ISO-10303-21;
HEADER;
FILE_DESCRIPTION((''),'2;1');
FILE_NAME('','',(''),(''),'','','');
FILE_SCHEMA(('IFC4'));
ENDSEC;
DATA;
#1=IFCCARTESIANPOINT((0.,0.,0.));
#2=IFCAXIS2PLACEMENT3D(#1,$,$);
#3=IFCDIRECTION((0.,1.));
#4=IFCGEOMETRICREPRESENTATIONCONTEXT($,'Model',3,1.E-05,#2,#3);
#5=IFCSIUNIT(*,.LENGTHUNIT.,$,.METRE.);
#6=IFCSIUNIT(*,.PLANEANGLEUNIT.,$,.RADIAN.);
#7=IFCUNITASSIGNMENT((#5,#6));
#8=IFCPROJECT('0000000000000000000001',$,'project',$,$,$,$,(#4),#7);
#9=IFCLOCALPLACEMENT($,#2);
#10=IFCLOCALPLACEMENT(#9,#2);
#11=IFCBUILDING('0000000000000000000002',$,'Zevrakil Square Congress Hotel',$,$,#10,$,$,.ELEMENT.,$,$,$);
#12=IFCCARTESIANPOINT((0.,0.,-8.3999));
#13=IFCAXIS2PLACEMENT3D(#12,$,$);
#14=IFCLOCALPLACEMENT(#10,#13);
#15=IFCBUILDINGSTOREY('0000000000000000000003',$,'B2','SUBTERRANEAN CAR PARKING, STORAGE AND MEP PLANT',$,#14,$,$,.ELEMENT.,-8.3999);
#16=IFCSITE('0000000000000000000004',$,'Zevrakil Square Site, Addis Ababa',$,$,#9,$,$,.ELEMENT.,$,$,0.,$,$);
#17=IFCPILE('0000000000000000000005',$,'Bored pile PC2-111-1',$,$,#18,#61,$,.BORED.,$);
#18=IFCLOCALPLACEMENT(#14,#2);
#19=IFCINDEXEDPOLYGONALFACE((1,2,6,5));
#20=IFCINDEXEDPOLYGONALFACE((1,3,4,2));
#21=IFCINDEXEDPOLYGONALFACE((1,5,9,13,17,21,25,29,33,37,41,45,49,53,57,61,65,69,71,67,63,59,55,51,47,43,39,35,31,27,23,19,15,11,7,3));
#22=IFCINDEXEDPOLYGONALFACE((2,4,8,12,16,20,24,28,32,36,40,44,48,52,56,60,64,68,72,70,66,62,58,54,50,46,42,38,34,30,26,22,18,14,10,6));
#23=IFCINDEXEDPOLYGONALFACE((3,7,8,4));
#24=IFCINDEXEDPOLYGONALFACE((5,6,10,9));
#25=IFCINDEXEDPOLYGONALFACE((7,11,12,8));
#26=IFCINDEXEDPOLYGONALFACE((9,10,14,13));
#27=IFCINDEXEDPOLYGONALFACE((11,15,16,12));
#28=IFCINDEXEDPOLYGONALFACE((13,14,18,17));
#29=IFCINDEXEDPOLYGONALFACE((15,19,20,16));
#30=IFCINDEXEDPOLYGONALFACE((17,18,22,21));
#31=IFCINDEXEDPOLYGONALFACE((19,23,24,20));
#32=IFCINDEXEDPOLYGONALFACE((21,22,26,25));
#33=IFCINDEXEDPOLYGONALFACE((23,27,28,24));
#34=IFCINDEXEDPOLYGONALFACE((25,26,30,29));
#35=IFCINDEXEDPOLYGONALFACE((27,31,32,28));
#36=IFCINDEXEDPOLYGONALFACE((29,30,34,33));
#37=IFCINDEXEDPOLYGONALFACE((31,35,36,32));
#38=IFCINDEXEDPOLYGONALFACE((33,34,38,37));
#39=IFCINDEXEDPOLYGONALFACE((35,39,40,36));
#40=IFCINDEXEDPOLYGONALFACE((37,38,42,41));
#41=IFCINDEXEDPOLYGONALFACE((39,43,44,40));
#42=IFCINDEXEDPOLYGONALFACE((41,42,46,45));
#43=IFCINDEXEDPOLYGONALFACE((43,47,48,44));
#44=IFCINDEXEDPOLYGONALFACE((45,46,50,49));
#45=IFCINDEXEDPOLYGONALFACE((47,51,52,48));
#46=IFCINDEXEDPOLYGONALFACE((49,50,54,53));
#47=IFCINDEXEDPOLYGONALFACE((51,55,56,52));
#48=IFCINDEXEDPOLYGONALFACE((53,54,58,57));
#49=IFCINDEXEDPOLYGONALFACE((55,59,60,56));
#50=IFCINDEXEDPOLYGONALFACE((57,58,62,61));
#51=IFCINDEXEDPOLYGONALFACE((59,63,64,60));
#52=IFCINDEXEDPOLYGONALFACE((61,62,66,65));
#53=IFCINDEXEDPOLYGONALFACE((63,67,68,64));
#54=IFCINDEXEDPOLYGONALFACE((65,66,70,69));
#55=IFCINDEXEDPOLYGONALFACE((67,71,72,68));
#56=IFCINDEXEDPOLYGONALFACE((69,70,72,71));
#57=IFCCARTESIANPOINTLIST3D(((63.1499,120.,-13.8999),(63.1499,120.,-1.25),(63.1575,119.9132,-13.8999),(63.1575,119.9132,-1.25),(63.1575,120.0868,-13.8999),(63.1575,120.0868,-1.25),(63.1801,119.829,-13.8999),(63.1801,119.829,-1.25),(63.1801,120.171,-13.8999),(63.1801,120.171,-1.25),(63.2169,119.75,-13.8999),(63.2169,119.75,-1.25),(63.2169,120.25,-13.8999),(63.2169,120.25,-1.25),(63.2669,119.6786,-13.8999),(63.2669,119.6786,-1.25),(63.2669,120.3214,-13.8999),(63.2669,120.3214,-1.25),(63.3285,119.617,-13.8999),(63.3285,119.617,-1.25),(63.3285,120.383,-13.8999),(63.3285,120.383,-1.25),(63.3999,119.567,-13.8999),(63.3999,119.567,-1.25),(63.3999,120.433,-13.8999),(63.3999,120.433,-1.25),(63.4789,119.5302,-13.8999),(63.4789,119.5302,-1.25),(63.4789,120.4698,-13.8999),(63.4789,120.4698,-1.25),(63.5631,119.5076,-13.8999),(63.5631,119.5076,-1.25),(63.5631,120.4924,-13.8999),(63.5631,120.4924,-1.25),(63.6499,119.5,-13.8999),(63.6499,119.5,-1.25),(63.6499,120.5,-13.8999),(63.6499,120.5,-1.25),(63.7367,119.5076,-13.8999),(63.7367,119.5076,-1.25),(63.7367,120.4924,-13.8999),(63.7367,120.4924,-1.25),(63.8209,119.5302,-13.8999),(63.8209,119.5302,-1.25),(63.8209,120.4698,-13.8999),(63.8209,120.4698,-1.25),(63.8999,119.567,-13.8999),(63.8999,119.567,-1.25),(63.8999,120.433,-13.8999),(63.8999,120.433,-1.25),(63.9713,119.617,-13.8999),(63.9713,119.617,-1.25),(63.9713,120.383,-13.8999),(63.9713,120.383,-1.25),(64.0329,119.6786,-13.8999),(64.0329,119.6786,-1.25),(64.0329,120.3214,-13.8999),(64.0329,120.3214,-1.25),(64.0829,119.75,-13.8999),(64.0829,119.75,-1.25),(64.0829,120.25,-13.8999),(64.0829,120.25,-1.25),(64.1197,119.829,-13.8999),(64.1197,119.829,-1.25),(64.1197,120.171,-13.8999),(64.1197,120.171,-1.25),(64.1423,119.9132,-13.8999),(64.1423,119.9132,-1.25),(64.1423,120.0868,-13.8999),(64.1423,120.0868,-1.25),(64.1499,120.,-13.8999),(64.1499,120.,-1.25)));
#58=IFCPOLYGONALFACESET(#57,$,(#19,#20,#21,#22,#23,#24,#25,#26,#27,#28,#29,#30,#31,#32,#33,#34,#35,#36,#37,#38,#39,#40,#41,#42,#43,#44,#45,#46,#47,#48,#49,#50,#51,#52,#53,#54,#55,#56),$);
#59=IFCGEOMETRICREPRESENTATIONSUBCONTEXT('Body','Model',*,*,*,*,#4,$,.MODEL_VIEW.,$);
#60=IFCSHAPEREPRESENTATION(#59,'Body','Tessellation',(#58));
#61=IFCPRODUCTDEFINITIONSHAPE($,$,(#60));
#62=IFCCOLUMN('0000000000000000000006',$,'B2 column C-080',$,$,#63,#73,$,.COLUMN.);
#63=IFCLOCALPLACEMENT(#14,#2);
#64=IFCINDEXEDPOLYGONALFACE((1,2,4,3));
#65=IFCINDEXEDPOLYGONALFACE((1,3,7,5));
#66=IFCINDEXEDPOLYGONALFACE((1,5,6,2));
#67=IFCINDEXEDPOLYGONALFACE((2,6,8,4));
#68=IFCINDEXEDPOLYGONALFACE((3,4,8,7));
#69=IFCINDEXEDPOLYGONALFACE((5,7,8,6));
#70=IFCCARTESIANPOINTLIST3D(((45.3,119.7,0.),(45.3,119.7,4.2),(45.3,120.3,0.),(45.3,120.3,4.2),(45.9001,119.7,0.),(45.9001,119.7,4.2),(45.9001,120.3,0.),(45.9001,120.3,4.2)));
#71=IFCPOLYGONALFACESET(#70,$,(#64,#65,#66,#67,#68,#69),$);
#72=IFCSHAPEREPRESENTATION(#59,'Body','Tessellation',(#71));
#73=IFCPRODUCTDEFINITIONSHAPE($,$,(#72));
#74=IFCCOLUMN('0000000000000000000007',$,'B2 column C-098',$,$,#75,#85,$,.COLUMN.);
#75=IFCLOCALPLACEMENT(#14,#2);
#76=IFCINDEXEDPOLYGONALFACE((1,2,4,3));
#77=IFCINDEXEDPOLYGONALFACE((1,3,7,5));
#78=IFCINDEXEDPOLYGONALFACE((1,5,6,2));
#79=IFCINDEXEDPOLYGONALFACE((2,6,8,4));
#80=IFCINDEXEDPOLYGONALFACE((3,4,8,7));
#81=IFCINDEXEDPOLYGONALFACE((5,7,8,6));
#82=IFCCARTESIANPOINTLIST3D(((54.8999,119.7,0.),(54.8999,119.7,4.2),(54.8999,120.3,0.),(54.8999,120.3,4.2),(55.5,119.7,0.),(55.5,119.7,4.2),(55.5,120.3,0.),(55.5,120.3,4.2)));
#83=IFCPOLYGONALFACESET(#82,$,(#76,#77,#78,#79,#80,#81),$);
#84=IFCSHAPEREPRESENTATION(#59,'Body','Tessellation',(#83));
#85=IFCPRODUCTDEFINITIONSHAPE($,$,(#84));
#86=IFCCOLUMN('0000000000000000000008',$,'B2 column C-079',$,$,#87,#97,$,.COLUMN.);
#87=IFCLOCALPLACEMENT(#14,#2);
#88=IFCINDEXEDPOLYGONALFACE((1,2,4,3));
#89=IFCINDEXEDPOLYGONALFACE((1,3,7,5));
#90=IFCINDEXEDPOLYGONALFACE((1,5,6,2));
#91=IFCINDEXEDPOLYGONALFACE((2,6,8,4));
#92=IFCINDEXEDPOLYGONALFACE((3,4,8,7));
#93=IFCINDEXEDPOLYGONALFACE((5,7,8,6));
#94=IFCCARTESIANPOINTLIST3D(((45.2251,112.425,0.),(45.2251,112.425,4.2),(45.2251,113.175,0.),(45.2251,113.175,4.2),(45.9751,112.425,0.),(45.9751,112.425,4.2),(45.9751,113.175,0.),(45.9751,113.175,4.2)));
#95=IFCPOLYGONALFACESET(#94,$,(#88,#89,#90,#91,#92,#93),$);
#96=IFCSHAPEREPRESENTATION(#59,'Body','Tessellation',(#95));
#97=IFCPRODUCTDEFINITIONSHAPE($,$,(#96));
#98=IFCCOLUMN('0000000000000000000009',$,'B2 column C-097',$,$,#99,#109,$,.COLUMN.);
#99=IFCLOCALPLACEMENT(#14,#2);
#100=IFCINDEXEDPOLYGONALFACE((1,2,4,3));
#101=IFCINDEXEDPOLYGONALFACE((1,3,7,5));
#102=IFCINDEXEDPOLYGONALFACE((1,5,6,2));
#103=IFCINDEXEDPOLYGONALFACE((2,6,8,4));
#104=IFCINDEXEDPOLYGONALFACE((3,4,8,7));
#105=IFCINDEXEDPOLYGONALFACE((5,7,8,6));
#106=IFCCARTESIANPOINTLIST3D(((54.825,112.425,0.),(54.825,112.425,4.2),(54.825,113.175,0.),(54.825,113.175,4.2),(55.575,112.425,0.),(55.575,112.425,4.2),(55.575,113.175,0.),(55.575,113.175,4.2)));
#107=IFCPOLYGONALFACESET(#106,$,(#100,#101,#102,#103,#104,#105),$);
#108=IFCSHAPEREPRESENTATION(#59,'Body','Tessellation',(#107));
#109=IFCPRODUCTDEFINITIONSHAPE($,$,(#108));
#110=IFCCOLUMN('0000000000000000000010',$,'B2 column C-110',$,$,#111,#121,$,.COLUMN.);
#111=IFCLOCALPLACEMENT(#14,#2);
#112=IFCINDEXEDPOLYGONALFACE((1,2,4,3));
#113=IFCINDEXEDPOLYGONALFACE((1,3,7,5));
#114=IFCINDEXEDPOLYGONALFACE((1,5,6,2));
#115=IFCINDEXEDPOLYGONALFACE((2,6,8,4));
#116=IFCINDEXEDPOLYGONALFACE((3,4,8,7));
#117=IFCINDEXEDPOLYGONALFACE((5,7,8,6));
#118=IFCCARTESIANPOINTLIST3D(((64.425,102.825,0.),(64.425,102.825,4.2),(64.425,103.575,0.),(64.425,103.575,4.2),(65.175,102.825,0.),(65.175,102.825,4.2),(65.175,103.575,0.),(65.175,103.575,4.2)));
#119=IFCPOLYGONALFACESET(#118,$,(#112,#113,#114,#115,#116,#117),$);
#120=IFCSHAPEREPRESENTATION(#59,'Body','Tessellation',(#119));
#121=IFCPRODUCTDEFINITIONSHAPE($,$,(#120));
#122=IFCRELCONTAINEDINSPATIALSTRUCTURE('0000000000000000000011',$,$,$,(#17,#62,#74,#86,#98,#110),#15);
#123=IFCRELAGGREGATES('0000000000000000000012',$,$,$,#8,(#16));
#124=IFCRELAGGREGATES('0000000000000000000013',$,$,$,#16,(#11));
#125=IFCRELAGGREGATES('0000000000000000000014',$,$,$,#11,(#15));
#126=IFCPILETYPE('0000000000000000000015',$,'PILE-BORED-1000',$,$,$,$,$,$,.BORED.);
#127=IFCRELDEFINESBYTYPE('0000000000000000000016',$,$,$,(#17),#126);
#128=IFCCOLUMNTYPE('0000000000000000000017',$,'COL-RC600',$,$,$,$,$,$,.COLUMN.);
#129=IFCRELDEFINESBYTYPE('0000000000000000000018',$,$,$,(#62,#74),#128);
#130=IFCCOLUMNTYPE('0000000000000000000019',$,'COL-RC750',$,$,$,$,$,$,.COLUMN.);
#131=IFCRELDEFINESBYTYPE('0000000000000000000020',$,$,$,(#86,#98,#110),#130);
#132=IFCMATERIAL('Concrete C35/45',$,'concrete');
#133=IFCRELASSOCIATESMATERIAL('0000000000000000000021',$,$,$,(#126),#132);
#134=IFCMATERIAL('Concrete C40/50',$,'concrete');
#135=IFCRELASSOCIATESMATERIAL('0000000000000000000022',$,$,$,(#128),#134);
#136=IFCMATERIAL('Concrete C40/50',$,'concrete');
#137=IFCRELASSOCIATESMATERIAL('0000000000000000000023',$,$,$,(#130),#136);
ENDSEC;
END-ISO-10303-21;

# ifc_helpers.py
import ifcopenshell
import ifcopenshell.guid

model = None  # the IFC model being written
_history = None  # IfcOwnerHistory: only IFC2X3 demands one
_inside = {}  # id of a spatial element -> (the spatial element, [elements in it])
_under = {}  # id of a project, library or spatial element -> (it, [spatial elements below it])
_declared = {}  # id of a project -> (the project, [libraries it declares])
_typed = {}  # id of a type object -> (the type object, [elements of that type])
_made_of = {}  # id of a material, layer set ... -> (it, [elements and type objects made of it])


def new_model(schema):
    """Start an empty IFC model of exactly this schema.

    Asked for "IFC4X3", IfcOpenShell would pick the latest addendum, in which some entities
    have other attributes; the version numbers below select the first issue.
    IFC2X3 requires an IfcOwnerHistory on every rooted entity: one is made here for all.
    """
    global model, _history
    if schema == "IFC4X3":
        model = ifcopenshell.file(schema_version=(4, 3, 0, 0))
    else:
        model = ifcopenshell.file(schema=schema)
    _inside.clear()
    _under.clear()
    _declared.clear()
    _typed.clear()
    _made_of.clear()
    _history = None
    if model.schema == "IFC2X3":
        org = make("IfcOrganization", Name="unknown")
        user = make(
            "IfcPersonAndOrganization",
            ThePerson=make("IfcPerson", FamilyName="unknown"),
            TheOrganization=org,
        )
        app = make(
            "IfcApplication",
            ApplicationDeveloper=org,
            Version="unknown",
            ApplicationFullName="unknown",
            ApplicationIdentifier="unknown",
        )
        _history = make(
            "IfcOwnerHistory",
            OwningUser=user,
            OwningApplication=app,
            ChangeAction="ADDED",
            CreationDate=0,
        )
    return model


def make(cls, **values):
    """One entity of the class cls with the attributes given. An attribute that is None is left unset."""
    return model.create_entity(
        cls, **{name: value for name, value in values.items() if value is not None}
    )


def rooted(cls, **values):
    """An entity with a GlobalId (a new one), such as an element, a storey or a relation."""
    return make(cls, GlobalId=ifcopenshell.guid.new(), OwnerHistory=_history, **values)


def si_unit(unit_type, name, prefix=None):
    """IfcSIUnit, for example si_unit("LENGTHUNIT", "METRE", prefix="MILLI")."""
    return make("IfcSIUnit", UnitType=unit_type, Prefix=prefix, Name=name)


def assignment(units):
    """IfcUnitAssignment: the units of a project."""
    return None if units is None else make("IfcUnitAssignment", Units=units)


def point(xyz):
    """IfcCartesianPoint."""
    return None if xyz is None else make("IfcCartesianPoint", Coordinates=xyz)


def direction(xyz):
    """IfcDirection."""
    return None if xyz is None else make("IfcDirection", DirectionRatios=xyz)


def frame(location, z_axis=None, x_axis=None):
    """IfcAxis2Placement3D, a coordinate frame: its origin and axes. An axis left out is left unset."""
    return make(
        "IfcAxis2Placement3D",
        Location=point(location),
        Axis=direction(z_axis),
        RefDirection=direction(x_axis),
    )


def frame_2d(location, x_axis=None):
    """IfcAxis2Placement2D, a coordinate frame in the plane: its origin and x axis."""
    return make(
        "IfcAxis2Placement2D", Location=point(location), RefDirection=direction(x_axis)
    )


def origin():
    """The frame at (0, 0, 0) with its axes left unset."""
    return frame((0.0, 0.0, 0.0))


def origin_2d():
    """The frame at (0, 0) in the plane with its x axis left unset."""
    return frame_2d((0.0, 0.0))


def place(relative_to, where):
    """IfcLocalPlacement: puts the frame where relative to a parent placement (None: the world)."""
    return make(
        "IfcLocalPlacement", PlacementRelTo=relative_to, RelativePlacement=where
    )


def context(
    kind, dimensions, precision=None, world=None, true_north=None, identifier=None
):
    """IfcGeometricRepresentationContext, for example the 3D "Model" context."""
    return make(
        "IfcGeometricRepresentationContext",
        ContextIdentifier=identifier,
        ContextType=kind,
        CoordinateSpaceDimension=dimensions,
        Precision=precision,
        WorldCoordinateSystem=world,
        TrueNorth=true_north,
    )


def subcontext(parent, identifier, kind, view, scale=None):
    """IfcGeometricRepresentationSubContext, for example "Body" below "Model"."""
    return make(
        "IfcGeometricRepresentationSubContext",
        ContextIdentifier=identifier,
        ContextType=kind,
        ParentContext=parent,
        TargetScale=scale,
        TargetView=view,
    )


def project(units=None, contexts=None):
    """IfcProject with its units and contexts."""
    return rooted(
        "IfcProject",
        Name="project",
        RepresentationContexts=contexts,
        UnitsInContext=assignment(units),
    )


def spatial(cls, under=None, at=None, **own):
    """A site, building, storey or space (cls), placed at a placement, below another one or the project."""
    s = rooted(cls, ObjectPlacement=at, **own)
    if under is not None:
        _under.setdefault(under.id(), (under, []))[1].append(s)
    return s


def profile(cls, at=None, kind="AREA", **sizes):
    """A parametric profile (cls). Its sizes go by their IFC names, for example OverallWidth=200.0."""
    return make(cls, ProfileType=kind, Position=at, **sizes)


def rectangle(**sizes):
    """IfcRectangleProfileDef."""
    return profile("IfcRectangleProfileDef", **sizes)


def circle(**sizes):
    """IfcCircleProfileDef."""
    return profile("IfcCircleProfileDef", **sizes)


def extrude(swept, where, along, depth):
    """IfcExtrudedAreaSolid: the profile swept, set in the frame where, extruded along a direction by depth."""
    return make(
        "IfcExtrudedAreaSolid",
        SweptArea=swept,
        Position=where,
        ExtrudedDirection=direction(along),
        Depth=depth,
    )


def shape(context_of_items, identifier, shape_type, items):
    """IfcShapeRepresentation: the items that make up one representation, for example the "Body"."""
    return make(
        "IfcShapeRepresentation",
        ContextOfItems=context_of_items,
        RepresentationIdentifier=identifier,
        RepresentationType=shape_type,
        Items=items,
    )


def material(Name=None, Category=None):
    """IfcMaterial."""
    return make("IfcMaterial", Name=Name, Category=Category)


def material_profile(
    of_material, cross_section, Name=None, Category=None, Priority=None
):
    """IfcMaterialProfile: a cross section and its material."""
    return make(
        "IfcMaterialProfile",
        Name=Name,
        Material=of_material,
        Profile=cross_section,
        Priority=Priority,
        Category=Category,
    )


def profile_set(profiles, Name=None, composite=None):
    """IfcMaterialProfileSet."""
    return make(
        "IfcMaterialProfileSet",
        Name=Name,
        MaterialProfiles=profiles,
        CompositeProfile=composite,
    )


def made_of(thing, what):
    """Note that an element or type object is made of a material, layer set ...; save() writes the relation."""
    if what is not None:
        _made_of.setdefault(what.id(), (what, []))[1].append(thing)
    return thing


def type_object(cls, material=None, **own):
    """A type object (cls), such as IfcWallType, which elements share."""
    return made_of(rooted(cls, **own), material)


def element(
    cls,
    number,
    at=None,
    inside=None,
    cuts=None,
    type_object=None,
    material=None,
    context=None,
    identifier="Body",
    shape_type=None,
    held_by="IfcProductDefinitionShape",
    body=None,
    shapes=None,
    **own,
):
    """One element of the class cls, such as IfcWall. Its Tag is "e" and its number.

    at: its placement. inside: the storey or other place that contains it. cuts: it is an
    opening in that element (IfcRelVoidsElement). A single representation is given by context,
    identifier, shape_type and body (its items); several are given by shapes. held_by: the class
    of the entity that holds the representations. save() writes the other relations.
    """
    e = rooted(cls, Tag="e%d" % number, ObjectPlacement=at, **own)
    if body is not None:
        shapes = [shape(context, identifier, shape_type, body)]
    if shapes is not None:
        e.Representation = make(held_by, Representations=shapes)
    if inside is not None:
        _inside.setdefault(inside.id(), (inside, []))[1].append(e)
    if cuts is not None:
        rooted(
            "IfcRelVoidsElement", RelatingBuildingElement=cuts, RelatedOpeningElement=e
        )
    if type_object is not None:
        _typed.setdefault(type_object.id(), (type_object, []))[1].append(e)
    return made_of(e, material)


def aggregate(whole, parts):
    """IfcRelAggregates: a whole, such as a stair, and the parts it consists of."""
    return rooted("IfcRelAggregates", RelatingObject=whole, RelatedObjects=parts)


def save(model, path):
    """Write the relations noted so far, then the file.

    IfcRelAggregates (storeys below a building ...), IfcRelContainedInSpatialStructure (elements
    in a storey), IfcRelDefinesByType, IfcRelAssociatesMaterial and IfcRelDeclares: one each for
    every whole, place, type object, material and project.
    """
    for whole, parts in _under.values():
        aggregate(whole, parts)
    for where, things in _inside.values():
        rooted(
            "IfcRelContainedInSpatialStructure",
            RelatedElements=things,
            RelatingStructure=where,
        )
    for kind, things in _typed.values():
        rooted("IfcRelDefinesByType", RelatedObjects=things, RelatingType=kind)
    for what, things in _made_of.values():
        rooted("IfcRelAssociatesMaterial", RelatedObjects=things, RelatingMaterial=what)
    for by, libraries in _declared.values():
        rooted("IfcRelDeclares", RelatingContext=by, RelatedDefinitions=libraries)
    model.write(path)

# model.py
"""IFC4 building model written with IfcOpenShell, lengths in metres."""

from ifc_helpers import new_model, si_unit, direction, frame, origin, origin_2d, place, context, subcontext, project, spatial, rectangle, circle, extrude, material, material_profile, profile_set, type_object, element, save


model = new_model("IFC4")

# Units and contexts
model_context = context("Model", 3, precision=1e-05, world=origin(), true_north=direction((0.0, 1.0)))
body_context = subcontext(model_context, "Body", "Model", "MODEL_VIEW")
ifc_project = project(units=[si_unit("LENGTHUNIT", "METRE"), si_unit("PLANEANGLEUNIT", "RADIAN")], contexts=[model_context])

# Site, building, storey
site_placement = place(None, origin())
site = spatial("IfcSite", under=ifc_project, at=site_placement, Name="Zevrakil Square Site, Addis Ababa", CompositionType="ELEMENT", RefElevation=0.0)
building_placement = place(site_placement, origin())
building = spatial("IfcBuilding", under=site, at=building_placement, Name="Zevrakil Square Congress Hotel", CompositionType="ELEMENT")
storey_placement = place(building_placement, frame((0.0, 0.0, -8.3999)))
storey = spatial("IfcBuildingStorey", under=building, at=storey_placement, Name="B2", Description="SUBTERRANEAN CAR PARKING, STORAGE AND MEP PLANT", CompositionType="ELEMENT", Elevation=-8.3999)

# Pile
ifc_material_1 = material(Name="Concrete C35/45", Category="concrete")
ifc_material_profile_1 = material_profile(ifc_material_1, circle(Radius=0.5, at=origin_2d()), Name="PILE D1000")
ifc_profile_set_1 = profile_set([ifc_material_profile_1], Name="Concrete C35/45")
pile_type = type_object("IfcPileType", Name="PILE-BORED-1000", PredefinedType="BORED", material=ifc_profile_set_1)
pile_1_placement = place(storey_placement, frame((63.6499, 120.0, -1.25), z_axis=(0.0, 0.0, -1.0), x_axis=(1.0, 0.0, 0.0)))
element("IfcPile", 1, at=pile_1_placement, inside=storey, type_object=pile_type, Name="Bored pile PC2-111-1", PredefinedType="BORED", context=body_context, shape_type="SweptSolid", body=[
    extrude(circle(Radius=0.5, at=origin_2d()), origin(), (0.0, 0.0, 1.0), 12.6499),
])

# Columns
ifc_material_2 = material(Name="Concrete C40/50", Category="concrete")
ifc_material_profile_2 = material_profile(ifc_material_2, rectangle(XDim=0.6001, YDim=0.6001, at=origin_2d()), Name="RC 600x600")
ifc_profile_set_2 = profile_set([ifc_material_profile_2], Name="Concrete C40/50")
column_type_1 = type_object("IfcColumnType", Name="COL-RC600", PredefinedType="COLUMN", material=ifc_profile_set_2)
for number, where, z_axis, x_axis, name in (
    (2, (45.6001, 120.0, 0.0), (0.0, 0.0, 1.0), (1.0, 0.0, 0.0), "B2 column C-080"),
    (3, (55.2, 120.0, 0.0), (0.0, 0.0, 1.0), (1.0, 0.0, 0.0), "B2 column C-098"),
):
    element("IfcColumn", number, at=place(storey_placement, frame(where, z_axis=z_axis, x_axis=x_axis)), inside=storey, type_object=column_type_1, Name=name, PredefinedType="COLUMN", context=body_context, shape_type="SweptSolid", body=[
        extrude(rectangle(XDim=0.6001, YDim=0.6001, at=origin_2d()), origin(), (0.0, 0.0, 1.0), 4.2),
    ])
ifc_material_3 = material(Name="Concrete C40/50", Category="concrete")
ifc_material_profile_3 = material_profile(ifc_material_3, rectangle(XDim=0.75, YDim=0.75, at=origin_2d()), Name="RC 750x750")
ifc_profile_set_3 = profile_set([ifc_material_profile_3], Name="Concrete C40/50")
column_type_2 = type_object("IfcColumnType", Name="COL-RC750", PredefinedType="COLUMN", material=ifc_profile_set_3)
for number, where, z_axis, x_axis, name in (
    (4, (45.6001, 112.8, 0.0), (0.0, 0.0, 1.0), (1.0, 0.0, 0.0), "B2 column C-079"),
    (5, (55.2, 112.8, 0.0), (0.0, 0.0, 1.0), (1.0, 0.0, 0.0), "B2 column C-097"),
    (6, (64.8, 103.2, 0.0), (0.0, 0.0, 1.0), (1.0, 0.0, 0.0), "B2 column C-110"),
):
    element("IfcColumn", number, at=place(storey_placement, frame(where, z_axis=z_axis, x_axis=x_axis)), inside=storey, type_object=column_type_2, Name=name, PredefinedType="COLUMN", context=body_context, shape_type="SweptSolid", body=[
        extrude(rectangle(XDim=0.75, YDim=0.75, at=origin_2d()), origin(), (0.0, 0.0, 1.0), 4.2),
    ])

save(model, "model.ifc")
